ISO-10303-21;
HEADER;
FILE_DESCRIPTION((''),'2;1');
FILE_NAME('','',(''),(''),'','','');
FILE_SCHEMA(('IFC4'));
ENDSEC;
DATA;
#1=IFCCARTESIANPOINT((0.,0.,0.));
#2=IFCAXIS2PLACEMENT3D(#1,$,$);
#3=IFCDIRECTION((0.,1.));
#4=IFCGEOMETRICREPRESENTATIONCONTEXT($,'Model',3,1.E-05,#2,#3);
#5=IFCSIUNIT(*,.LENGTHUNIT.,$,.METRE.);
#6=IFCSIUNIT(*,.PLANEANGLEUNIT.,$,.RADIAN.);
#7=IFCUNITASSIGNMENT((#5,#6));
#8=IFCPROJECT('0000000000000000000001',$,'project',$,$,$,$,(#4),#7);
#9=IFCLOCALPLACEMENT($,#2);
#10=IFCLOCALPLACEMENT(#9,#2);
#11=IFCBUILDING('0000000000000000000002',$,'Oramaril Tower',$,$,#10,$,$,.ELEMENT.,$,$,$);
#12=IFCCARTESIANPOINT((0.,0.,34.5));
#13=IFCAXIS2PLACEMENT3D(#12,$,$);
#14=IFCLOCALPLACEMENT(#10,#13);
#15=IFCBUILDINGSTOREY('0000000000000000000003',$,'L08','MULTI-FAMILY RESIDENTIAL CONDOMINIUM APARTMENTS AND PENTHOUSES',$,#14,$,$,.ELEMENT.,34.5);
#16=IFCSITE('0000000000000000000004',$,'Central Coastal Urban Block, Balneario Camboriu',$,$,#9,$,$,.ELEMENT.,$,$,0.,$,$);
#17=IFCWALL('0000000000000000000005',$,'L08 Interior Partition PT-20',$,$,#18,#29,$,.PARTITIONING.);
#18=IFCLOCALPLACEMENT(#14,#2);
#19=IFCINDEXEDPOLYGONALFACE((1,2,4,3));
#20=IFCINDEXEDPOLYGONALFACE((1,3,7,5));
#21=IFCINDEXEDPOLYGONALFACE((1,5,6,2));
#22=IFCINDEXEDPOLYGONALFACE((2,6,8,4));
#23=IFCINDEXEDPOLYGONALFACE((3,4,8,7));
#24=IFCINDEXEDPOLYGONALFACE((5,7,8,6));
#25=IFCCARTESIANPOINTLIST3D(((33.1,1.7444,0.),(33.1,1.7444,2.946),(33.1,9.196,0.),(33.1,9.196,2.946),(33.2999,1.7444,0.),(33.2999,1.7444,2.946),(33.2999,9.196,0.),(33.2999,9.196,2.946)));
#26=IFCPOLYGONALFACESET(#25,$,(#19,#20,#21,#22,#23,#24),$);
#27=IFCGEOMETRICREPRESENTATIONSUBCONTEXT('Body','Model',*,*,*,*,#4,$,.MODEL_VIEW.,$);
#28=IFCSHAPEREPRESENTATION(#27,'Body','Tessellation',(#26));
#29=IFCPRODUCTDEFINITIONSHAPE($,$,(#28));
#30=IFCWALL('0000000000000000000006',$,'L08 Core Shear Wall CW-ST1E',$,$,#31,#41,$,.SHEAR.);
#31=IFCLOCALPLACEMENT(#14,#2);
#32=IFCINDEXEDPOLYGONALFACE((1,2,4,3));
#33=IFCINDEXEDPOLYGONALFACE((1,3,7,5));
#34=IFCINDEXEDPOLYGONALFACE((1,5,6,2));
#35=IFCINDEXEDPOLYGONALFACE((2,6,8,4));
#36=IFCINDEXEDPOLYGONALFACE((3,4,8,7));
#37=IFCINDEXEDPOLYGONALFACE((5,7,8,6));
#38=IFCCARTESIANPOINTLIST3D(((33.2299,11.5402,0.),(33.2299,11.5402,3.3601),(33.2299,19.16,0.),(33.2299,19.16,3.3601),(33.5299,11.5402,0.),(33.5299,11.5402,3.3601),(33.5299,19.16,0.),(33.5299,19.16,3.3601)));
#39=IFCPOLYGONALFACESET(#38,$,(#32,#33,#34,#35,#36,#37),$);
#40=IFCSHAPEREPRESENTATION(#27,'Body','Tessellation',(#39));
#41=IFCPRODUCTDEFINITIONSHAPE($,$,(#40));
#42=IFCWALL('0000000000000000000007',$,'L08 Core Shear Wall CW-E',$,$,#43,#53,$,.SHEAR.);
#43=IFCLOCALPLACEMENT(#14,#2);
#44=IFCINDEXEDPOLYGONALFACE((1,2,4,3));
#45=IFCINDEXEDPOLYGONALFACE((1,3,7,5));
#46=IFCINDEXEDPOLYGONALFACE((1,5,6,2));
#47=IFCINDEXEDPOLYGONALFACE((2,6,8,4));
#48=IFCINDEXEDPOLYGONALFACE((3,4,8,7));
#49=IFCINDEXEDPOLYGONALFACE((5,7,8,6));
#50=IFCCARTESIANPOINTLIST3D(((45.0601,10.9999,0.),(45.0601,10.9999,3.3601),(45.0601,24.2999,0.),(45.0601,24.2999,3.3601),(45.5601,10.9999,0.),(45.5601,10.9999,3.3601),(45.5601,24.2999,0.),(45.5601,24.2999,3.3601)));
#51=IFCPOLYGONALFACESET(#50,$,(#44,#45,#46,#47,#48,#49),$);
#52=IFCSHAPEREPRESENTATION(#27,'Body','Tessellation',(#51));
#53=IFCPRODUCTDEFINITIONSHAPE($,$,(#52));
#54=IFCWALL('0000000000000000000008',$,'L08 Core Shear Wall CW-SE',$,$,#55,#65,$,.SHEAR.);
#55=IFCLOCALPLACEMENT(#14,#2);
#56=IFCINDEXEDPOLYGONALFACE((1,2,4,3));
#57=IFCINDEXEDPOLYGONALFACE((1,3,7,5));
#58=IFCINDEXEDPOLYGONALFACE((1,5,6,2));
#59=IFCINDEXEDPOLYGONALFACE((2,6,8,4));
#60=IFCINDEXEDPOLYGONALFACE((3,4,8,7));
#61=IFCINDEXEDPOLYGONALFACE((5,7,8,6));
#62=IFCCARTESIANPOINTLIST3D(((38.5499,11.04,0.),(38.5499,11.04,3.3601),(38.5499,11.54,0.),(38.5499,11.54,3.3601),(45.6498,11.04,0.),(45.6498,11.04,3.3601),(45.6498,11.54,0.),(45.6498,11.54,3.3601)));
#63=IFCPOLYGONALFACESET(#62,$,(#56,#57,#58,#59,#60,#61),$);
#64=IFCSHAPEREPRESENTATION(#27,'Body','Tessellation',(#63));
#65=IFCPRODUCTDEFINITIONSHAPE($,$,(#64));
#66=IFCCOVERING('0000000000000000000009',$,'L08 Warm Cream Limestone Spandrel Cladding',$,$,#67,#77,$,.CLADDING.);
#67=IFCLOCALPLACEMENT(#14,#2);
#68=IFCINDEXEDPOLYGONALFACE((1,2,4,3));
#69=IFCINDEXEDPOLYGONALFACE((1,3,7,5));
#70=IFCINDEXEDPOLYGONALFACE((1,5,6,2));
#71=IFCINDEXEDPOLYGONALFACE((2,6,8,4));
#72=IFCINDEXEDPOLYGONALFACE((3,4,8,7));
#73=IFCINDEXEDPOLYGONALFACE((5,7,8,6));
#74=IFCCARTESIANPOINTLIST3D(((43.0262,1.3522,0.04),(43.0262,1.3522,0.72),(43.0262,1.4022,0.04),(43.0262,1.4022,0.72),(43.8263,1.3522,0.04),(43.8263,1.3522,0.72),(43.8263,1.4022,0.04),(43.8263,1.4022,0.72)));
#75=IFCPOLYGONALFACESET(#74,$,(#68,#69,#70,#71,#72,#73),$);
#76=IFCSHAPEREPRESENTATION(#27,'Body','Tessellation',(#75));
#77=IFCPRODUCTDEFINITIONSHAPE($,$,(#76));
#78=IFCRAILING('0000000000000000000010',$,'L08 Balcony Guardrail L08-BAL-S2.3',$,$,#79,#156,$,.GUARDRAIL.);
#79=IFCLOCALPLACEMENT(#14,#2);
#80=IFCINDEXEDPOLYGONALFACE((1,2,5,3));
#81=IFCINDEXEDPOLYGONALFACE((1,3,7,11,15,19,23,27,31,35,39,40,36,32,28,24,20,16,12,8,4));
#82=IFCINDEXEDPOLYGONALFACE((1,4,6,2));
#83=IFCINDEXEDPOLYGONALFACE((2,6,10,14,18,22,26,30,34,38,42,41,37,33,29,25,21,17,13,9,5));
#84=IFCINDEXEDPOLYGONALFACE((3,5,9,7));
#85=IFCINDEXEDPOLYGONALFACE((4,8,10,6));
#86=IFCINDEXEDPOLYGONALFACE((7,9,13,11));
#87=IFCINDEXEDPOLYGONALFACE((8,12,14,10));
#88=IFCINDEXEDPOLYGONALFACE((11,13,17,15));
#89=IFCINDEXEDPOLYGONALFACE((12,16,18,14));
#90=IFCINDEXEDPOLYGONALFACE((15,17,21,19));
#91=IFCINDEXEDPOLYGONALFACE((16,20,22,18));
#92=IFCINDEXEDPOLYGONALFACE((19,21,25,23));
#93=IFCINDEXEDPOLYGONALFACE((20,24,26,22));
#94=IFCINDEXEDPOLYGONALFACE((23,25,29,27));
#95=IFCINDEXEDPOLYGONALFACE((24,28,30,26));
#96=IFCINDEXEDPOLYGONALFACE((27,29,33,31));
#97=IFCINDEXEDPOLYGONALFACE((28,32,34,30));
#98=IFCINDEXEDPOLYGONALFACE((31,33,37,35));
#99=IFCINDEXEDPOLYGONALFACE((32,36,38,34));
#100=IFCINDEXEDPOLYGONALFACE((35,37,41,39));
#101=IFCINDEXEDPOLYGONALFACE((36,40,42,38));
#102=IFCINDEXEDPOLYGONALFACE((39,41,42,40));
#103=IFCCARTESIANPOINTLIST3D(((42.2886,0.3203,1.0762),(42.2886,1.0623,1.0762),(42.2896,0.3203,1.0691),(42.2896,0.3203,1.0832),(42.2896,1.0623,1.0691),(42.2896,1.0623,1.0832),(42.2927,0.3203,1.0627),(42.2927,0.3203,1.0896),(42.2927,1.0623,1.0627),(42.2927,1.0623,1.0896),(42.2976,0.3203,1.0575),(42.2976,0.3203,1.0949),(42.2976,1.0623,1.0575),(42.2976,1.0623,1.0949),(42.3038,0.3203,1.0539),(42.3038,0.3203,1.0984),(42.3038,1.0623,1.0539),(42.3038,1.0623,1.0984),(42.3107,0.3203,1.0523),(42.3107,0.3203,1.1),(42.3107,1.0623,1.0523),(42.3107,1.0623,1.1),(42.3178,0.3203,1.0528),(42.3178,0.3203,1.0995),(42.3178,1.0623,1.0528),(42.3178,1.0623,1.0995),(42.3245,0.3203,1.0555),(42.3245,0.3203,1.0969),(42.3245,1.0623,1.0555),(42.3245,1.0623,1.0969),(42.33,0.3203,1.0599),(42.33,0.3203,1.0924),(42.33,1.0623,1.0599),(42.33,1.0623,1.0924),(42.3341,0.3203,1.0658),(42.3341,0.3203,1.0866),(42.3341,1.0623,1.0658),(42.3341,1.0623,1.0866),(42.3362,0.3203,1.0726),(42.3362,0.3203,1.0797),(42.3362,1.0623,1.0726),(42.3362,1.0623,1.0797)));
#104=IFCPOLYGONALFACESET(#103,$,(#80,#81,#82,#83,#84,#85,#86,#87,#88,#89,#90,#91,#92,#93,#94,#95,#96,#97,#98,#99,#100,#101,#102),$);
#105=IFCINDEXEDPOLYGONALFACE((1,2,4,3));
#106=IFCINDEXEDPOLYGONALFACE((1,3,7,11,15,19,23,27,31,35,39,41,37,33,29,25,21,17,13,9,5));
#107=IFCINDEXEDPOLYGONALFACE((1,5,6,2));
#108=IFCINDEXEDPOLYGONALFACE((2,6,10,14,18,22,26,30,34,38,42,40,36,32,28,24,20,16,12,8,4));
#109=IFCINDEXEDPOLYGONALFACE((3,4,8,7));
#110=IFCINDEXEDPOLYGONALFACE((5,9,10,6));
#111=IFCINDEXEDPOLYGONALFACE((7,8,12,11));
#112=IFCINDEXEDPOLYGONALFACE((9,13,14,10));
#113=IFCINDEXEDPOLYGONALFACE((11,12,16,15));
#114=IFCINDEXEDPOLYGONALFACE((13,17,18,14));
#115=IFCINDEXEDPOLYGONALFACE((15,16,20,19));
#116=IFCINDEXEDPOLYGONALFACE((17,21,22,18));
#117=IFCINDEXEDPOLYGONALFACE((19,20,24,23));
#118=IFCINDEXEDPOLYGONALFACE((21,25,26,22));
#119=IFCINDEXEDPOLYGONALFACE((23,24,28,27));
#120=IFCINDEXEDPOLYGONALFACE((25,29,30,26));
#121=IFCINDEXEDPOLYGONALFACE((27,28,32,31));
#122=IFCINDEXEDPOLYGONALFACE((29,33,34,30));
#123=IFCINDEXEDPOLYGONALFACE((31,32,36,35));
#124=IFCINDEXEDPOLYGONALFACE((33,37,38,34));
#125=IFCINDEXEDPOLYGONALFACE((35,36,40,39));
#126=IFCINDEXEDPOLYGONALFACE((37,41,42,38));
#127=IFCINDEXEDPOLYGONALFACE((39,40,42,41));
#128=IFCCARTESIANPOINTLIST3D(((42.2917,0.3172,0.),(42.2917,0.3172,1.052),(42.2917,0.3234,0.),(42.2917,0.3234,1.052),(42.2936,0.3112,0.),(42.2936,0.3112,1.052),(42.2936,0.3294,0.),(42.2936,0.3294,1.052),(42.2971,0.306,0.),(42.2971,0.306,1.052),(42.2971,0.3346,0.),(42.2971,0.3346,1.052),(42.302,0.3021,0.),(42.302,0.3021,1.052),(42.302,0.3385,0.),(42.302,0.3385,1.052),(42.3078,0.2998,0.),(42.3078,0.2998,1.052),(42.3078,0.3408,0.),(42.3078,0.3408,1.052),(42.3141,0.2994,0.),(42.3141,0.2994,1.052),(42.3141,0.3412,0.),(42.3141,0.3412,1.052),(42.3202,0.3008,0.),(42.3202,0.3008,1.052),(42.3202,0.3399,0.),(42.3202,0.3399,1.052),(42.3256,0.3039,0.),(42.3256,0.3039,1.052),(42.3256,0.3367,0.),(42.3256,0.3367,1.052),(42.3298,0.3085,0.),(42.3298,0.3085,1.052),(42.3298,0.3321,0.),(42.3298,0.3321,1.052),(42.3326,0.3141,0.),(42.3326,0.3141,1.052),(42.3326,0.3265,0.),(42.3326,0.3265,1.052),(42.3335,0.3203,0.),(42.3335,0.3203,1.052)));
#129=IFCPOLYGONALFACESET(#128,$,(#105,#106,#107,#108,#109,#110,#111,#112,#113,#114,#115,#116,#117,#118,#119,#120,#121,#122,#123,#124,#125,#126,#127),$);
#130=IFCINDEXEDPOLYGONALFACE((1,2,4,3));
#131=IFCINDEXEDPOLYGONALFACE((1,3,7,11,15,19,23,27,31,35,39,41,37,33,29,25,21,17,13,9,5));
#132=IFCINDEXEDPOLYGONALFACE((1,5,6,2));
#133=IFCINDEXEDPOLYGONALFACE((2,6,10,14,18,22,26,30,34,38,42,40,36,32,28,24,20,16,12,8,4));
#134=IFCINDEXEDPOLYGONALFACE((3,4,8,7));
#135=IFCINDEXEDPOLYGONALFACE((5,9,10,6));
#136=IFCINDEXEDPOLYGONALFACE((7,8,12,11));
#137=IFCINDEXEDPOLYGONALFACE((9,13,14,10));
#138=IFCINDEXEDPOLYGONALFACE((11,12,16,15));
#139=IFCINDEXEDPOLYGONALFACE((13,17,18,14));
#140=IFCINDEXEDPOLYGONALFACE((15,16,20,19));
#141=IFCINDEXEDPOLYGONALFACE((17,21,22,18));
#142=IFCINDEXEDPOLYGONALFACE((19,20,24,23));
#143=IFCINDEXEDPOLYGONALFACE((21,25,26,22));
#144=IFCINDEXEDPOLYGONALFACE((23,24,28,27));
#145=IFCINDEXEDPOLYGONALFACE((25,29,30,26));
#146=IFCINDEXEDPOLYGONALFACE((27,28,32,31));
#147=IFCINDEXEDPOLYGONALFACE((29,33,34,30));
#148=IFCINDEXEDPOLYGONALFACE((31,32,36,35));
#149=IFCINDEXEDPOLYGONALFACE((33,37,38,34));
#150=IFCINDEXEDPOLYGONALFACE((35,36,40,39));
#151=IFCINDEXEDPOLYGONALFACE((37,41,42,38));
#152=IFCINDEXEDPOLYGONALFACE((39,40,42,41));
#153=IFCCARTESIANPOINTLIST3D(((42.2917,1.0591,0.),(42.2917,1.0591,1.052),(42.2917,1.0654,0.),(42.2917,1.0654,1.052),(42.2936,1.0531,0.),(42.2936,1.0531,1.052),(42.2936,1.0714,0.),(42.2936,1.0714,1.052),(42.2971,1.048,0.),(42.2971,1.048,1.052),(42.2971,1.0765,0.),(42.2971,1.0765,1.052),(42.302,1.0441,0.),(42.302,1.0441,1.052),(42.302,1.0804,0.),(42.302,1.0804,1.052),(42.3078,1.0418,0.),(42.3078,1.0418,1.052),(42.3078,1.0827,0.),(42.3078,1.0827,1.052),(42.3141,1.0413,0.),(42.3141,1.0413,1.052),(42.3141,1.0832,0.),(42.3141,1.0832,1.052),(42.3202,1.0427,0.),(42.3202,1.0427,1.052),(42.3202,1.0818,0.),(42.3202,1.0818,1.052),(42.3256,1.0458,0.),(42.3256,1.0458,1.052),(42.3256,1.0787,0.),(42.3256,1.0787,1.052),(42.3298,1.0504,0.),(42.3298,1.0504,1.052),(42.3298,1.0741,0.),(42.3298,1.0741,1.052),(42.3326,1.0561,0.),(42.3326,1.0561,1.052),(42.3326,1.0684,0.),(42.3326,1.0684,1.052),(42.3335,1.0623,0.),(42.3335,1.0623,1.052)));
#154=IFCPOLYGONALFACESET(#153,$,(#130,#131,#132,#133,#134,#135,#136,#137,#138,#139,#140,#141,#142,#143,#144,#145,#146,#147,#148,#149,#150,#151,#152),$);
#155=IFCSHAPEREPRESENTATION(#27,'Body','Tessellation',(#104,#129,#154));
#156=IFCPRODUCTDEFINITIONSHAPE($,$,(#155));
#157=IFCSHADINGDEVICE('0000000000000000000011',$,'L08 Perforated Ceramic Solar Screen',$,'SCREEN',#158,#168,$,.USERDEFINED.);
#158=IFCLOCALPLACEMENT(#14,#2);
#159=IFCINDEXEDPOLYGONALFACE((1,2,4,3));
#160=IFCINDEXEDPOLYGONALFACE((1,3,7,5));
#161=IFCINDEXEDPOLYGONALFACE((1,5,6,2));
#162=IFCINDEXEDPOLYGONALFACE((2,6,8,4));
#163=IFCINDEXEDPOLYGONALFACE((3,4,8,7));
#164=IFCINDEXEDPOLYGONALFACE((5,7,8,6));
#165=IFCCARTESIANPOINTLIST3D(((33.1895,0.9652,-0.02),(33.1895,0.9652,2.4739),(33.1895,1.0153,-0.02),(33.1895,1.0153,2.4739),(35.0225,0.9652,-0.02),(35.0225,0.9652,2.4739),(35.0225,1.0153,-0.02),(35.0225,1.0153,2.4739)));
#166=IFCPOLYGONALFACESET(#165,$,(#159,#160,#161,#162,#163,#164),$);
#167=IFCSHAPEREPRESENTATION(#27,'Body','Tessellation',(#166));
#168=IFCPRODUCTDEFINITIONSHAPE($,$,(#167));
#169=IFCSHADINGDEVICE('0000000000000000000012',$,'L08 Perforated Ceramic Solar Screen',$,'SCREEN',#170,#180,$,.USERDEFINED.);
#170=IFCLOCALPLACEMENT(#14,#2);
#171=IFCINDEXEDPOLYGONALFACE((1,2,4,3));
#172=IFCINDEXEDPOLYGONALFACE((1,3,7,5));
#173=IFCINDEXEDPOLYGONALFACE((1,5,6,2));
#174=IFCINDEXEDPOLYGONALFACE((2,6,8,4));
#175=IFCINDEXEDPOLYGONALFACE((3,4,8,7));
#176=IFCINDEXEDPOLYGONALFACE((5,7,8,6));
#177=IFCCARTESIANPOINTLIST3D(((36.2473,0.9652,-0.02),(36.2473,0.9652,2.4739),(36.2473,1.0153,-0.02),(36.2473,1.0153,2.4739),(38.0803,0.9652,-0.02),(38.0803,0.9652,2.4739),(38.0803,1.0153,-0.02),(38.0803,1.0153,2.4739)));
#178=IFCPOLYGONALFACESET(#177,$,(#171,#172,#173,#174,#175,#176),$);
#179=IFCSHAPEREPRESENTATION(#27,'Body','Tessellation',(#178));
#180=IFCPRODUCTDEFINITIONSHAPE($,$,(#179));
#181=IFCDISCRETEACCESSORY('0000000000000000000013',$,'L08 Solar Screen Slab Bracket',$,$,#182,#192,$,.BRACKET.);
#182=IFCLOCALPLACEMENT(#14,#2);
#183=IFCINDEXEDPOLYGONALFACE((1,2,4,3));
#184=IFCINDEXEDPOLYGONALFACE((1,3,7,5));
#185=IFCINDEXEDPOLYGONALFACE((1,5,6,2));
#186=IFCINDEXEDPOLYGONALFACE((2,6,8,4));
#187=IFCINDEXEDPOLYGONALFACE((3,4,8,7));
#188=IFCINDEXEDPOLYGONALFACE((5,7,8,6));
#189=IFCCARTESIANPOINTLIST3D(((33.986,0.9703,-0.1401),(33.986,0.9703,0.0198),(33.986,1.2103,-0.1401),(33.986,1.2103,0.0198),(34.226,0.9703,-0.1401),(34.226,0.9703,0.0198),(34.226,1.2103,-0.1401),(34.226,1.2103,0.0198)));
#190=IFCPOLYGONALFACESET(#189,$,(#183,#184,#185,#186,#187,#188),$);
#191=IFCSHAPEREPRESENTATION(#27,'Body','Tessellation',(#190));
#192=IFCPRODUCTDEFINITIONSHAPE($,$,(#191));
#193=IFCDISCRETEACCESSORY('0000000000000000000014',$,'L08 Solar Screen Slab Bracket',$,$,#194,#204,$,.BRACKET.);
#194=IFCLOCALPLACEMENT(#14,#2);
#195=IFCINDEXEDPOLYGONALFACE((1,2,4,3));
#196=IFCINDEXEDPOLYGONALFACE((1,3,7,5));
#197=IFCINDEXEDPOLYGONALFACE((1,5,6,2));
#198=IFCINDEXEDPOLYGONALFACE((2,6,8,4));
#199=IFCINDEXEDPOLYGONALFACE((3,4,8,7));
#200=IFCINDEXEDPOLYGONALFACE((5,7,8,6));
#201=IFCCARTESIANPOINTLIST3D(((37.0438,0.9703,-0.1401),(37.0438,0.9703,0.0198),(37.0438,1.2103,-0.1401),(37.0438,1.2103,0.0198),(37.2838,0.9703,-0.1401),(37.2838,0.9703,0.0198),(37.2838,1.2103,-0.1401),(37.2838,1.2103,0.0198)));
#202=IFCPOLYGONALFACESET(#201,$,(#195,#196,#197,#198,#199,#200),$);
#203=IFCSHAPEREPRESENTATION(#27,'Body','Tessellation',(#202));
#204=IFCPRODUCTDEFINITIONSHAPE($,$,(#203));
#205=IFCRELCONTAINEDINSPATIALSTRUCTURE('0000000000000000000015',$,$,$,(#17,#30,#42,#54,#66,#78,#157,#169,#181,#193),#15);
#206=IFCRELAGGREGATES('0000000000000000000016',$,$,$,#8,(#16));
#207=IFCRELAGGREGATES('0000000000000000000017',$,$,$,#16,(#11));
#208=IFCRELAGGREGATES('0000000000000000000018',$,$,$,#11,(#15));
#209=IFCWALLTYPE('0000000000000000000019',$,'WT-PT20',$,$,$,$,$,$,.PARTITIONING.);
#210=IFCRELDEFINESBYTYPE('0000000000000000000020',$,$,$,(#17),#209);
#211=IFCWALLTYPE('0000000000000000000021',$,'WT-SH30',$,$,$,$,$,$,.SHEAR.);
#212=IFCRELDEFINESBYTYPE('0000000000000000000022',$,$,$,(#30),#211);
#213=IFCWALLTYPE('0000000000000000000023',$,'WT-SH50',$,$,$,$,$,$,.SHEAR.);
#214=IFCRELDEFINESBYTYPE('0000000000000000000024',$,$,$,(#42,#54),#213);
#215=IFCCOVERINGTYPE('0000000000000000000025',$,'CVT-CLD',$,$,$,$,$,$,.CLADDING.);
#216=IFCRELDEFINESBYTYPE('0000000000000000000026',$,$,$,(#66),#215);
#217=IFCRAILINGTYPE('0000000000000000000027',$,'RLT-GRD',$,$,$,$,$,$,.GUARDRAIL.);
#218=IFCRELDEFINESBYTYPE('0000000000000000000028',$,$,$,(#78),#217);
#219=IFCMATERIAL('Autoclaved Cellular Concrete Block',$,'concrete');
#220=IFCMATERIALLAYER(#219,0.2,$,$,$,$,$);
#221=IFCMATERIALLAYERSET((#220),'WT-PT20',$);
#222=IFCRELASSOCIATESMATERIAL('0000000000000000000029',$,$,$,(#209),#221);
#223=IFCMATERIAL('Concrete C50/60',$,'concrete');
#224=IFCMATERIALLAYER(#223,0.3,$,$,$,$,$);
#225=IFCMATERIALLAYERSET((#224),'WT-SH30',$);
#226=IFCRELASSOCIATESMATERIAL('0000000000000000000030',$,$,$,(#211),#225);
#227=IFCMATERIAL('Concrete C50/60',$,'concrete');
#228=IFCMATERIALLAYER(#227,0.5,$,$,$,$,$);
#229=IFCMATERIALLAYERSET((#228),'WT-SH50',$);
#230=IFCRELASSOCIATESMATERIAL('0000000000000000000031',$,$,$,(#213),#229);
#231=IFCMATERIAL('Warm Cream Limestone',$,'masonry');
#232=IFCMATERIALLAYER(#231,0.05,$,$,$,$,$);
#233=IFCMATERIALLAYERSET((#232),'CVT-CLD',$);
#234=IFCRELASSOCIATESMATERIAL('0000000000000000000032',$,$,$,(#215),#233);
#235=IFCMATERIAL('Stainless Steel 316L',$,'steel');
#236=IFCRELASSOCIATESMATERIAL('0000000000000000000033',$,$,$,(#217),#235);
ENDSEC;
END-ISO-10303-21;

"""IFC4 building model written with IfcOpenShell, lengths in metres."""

from ifc_helpers import new_model, si_unit, direction, frame, frame_2d, origin, origin_2d, place, context, subcontext, project, spatial, rectangle, circle, extrude, material, layer, layer_set, type_object, element, save


model = new_model("IFC4")

# Units and contexts
model_context = context("Model", 3, precision=1e-05, world=origin(), true_north=direction((0.0, 1.0)))
body_context = subcontext(model_context, "Body", "Model", "MODEL_VIEW")
ifc_project = project(units=[si_unit("LENGTHUNIT", "METRE"), si_unit("PLANEANGLEUNIT", "RADIAN")], contexts=[model_context])

# Site, building, storey
site_placement = place(None, origin())
site = spatial("IfcSite", under=ifc_project, at=site_placement, Name="Central Coastal Urban Block, Balneario Camboriu", CompositionType="ELEMENT", RefElevation=0.0)
building_placement = place(site_placement, origin())
building = spatial("IfcBuilding", under=site, at=building_placement, Name="Oramaril Tower", CompositionType="ELEMENT")
storey_placement = place(building_placement, frame((0.0, 0.0, 34.5)))
storey = spatial("IfcBuildingStorey", under=building, at=storey_placement, Name="L08", Description="MULTI-FAMILY RESIDENTIAL CONDOMINIUM APARTMENTS AND PENTHOUSES", CompositionType="ELEMENT", Elevation=34.5)

# Walls
ifc_material_1 = material(Name="Autoclaved Cellular Concrete Block", Category="concrete")
ifc_layer_1 = layer(ifc_material_1, 0.2)
ifc_layer_set_1 = layer_set([ifc_layer_1], Name="WT-PT20")
wall_type_1 = type_object("IfcWallType", Name="WT-PT20", PredefinedType="PARTITIONING", material=ifc_layer_set_1)
wall_1_placement = place(storey_placement, frame((33.2, 1.7444, 0.0), z_axis=(0.0, 0.0, 1.0), x_axis=(0.0, 1.0, 0.0)))
element("IfcWall", 1, at=wall_1_placement, inside=storey, type_object=wall_type_1, Name="L08 Interior Partition PT-20", PredefinedType="PARTITIONING", context=body_context, shape_type="SweptSolid", body=[
    extrude(rectangle(XDim=7.4517, YDim=0.2, at=frame_2d((3.7258, 0.0))), origin(), (0.0, 0.0, 1.0), 2.946),
])
ifc_material_2 = material(Name="Concrete C50/60", Category="concrete")
ifc_layer_2 = layer(ifc_material_2, 0.3)
ifc_layer_set_2 = layer_set([ifc_layer_2], Name="WT-SH30")
wall_type_2 = type_object("IfcWallType", Name="WT-SH30", PredefinedType="SHEAR", material=ifc_layer_set_2)
wall_2_placement = place(storey_placement, frame((33.3799, 11.54, 0.0), z_axis=(0.0, 0.0, 1.0), x_axis=(0.0, 1.0, 0.0)))
element("IfcWall", 2, at=wall_2_placement, inside=storey, type_object=wall_type_2, Name="L08 Core Shear Wall CW-ST1E", PredefinedType="SHEAR", context=body_context, shape_type="SweptSolid", body=[
    extrude(rectangle(XDim=7.6199, YDim=0.3, at=frame_2d((3.8101, 0.0))), origin(), (0.0, 0.0, 1.0), 3.3601),
])
ifc_material_3 = material(Name="Concrete C50/60", Category="concrete")
ifc_layer_3 = layer(ifc_material_3, 0.5)
ifc_layer_set_3 = layer_set([ifc_layer_3], Name="WT-SH50")
wall_type_3 = type_object("IfcWallType", Name="WT-SH50", PredefinedType="SHEAR", material=ifc_layer_set_3)
wall_3_placement = place(storey_placement, frame((45.3101, 11.0, 0.0), z_axis=(0.0, 0.0, 1.0), x_axis=(0.0, 1.0, 0.0)))
element("IfcWall", 3, at=wall_3_placement, inside=storey, type_object=wall_type_3, Name="L08 Core Shear Wall CW-E", PredefinedType="SHEAR", context=body_context, shape_type="SweptSolid", body=[
    extrude(rectangle(XDim=13.3, YDim=0.5, at=frame_2d((6.6499, 0.0))), origin(), (0.0, 0.0, 1.0), 3.3601),
])
wall_4_placement = place(storey_placement, frame((38.55, 11.29, 0.0), z_axis=(0.0, 0.0, 1.0), x_axis=(1.0, 0.0, 0.0)))
element("IfcWall", 4, at=wall_4_placement, inside=storey, type_object=wall_type_3, Name="L08 Core Shear Wall CW-SE", PredefinedType="SHEAR", context=body_context, shape_type="SweptSolid", body=[
    extrude(rectangle(XDim=7.0999, YDim=0.5, at=frame_2d((3.5498, 0.0))), origin(), (0.0, 0.0, 1.0), 3.3601),
])

# Covering
ifc_material_4 = material(Name="Warm Cream Limestone", Category="masonry")
ifc_layer_4 = layer(ifc_material_4, 0.05)
ifc_layer_set_4 = layer_set([ifc_layer_4], Name="CVT-CLD")
covering_type = type_object("IfcCoveringType", Name="CVT-CLD", PredefinedType="CLADDING", material=ifc_layer_set_4)
covering_placement = place(storey_placement, frame((43.4263, 1.3772, 0.04), z_axis=(0.0, 0.0, 1.0), x_axis=(1.0, 0.0, 0.0)))
element("IfcCovering", 5, at=covering_placement, inside=storey, type_object=covering_type, Name="L08 Warm Cream Limestone Spandrel Cladding", PredefinedType="CLADDING", context=body_context, shape_type="SweptSolid", body=[
    extrude(rectangle(XDim=0.8, YDim=0.05, at=origin_2d()), origin(), (0.0, 0.0, 1.0), 0.6799),
])

# Railing
ifc_material_5 = material(Name="Stainless Steel 316L", Category="steel")
railing_type = type_object("IfcRailingType", Name="RLT-GRD", PredefinedType="GUARDRAIL", material=ifc_material_5)
railing_placement = place(storey_placement, frame((42.3125, 0.3203, 0.0)))
element("IfcRailing", 6, at=railing_placement, inside=storey, type_object=railing_type, Name="L08 Balcony Guardrail L08-BAL-S2.3", PredefinedType="GUARDRAIL", context=body_context, shape_type="SweptSolid", body=[
    extrude(circle(Radius=0.0239, at=origin_2d()), frame((0.0, 0.0, 1.0762), z_axis=(0.0, 1.0, 0.0), x_axis=(-1.0, 0.0, 0.0)), (0.0, 0.0, 1.0), 0.7419),
    extrude(circle(Radius=0.021, at=origin_2d()), origin(), (0.0, 0.0, 1.0), 1.052),
    extrude(circle(Radius=0.021, at=origin_2d()), frame((0.0, 0.7419, 0.0)), (0.0, 0.0, 1.0), 1.052),
])

# Shading devices
for number, where, z_axis, x_axis, name in (
    (7, (34.106, 0.9902, -0.02), (0.0, 0.0, 1.0), (1.0, 0.0, 0.0), "L08 Perforated Ceramic Solar Screen"),
    (8, (37.1638, 0.9902, -0.02), (0.0, 0.0, 1.0), (1.0, 0.0, 0.0), "L08 Perforated Ceramic Solar Screen"),
):
    element("IfcShadingDevice", number, at=place(storey_placement, frame(where, z_axis=z_axis, x_axis=x_axis)), inside=storey, Name=name, ObjectType="SCREEN", PredefinedType="USERDEFINED", context=body_context, shape_type="SweptSolid", body=[
        extrude(rectangle(XDim=1.833, YDim=0.05, at=origin_2d()), origin(), (0.0, 0.0, 1.0), 2.4939),
    ])

# Discrete accessories
for number, where, z_axis, x_axis, name in (
    (9, (34.106, 1.0903, -0.1401), (0.0, 0.0, 1.0), (1.0, 0.0, 0.0), "L08 Solar Screen Slab Bracket"),
    (10, (37.1638, 1.0903, -0.1401), (0.0, 0.0, 1.0), (1.0, 0.0, 0.0), "L08 Solar Screen Slab Bracket"),
):
    element("IfcDiscreteAccessory", number, at=place(storey_placement, frame(where, z_axis=z_axis, x_axis=x_axis)), inside=storey, Name=name, PredefinedType="BRACKET", context=body_context, shape_type="SweptSolid", body=[
        extrude(rectangle(XDim=0.24, YDim=0.24, at=origin_2d()), origin(), (0.0, 0.0, 1.0), 0.1599),
    ])

save(model, "model.ifc")
